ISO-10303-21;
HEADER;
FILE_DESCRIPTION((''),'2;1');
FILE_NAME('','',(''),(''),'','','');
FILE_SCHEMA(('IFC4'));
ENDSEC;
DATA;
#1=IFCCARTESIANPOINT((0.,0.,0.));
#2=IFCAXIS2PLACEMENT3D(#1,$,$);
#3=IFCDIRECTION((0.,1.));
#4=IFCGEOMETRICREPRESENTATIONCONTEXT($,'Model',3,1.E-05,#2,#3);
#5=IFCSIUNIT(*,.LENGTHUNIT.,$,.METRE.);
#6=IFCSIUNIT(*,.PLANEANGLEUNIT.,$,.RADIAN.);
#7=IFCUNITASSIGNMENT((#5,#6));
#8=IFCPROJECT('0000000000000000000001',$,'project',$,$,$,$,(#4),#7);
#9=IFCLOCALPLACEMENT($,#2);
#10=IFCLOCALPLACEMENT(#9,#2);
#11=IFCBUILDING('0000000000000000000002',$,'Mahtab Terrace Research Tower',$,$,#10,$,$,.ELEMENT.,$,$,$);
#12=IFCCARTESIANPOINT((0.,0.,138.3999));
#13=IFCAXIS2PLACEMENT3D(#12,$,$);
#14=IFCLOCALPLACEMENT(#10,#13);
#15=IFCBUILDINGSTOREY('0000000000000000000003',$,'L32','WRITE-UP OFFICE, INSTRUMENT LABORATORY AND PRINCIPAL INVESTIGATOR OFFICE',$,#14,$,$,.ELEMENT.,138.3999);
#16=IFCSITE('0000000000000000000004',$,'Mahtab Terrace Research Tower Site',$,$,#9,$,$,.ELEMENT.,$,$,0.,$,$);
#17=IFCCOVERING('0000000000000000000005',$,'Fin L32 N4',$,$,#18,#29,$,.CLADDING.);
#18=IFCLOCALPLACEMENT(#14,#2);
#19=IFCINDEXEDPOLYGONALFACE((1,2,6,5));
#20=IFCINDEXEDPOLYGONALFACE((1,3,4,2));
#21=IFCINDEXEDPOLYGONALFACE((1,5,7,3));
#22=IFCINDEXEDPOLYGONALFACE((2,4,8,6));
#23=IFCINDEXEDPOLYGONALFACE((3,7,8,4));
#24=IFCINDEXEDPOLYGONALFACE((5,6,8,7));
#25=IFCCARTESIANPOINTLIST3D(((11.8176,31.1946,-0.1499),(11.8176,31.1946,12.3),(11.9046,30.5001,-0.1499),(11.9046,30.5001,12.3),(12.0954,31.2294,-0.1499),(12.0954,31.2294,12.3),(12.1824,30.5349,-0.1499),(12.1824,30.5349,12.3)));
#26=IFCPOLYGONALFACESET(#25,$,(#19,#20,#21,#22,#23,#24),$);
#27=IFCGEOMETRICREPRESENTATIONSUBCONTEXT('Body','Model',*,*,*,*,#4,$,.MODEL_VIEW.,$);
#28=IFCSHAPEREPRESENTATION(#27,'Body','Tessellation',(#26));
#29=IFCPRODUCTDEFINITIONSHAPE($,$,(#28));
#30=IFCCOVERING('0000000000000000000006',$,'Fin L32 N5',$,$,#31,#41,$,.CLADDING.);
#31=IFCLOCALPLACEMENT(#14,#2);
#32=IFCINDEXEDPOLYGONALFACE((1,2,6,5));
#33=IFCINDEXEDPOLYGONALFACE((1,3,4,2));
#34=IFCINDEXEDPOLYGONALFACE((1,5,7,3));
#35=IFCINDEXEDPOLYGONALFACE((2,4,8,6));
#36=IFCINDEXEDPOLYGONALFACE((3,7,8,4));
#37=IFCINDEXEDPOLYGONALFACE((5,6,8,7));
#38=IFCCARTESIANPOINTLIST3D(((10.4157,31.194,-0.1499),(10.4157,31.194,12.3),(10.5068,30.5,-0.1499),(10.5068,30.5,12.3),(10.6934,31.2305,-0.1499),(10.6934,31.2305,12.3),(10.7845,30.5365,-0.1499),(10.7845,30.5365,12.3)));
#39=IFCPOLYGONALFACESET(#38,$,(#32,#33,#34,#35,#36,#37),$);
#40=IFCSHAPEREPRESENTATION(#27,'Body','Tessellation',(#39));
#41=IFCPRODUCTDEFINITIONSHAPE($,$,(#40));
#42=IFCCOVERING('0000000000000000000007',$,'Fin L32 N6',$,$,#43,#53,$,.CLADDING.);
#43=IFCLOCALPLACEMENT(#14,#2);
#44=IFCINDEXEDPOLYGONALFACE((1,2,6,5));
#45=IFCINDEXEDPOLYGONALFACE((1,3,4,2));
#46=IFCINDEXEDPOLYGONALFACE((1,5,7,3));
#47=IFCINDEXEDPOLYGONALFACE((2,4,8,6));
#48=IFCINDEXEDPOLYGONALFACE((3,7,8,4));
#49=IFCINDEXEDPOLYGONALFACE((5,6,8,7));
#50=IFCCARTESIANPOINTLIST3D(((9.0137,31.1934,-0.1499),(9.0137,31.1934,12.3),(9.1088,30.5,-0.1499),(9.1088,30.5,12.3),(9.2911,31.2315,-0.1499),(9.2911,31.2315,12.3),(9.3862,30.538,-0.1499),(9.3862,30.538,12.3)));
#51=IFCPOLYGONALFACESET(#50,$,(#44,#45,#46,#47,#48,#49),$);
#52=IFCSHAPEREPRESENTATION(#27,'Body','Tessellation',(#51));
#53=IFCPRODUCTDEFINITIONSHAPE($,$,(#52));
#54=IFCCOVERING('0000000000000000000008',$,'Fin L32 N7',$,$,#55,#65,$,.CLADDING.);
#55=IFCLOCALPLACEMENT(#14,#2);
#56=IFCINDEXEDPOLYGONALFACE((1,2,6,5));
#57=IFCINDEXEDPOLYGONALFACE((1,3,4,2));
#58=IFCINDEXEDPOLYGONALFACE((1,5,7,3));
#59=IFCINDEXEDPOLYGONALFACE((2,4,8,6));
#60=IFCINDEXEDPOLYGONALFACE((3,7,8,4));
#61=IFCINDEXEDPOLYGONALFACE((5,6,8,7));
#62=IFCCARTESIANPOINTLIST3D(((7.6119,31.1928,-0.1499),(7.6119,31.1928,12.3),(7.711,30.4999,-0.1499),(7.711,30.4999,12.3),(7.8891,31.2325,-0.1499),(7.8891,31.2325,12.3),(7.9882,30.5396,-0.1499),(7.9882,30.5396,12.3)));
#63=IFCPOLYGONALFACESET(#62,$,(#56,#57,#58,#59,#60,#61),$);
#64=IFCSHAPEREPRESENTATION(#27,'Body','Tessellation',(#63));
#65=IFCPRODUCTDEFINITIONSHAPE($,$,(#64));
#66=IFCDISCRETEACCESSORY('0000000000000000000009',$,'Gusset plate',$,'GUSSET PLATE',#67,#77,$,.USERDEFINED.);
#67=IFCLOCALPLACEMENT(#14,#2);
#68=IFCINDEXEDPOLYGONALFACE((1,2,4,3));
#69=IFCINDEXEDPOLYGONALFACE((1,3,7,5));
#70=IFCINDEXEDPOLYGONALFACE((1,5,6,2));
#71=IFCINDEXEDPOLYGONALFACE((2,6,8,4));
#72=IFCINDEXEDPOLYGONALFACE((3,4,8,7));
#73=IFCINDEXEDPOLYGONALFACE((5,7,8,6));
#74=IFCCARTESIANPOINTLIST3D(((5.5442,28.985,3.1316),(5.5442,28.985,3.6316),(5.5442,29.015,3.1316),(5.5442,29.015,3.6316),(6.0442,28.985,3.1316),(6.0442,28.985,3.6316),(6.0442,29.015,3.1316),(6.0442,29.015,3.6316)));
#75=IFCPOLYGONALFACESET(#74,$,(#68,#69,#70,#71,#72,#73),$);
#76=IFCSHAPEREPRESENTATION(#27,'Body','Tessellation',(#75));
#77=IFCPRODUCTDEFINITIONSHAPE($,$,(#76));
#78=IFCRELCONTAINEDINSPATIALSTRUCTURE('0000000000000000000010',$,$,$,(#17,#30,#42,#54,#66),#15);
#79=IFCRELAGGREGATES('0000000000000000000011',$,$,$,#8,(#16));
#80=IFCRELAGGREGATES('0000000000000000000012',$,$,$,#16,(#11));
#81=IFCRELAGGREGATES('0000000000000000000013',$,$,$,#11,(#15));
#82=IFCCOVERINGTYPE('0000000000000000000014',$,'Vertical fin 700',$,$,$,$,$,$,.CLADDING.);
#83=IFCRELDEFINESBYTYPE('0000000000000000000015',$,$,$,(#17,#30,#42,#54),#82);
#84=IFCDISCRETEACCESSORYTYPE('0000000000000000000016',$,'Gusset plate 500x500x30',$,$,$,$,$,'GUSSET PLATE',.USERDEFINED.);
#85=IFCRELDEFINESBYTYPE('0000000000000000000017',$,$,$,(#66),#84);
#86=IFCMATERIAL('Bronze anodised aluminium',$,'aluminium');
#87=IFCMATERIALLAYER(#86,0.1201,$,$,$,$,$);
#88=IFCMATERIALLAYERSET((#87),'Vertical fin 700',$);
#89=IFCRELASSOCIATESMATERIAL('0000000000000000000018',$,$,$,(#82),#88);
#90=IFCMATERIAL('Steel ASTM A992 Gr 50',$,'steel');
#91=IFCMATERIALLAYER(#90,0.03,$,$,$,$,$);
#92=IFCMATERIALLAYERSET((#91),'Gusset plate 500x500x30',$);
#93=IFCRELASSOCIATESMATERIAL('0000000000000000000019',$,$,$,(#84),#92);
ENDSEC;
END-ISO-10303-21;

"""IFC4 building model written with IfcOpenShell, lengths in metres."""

from ifc_helpers import new_model, si_unit, direction, frame, origin, origin_2d, place, context, subcontext, project, spatial, rectangle, extrude, material, layer, layer_set, type_object, element, save


model = new_model("IFC4")

# Units and contexts
model_context = context("Model", 3, precision=1e-05, world=origin(), true_north=direction((0.0, 1.0)))
body_context = subcontext(model_context, "Body", "Model", "MODEL_VIEW")
ifc_project = project(units=[si_unit("LENGTHUNIT", "METRE"), si_unit("PLANEANGLEUNIT", "RADIAN")], contexts=[model_context])

# Site, building, storey
site_placement = place(None, origin())
site = spatial("IfcSite", under=ifc_project, at=site_placement, Name="Mahtab Terrace Research Tower Site", CompositionType="ELEMENT", RefElevation=0.0)
building_placement = place(site_placement, origin())
building = spatial("IfcBuilding", under=site, at=building_placement, Name="Mahtab Terrace Research Tower", CompositionType="ELEMENT")
storey_placement = place(building_placement, frame((0.0, 0.0, 138.3999)))
storey = spatial("IfcBuildingStorey", under=building, at=storey_placement, Name="L32", Description="WRITE-UP OFFICE, INSTRUMENT LABORATORY AND PRINCIPAL INVESTIGATOR OFFICE", CompositionType="ELEMENT", Elevation=138.3999)

# Shared definitions
ifc_material_1 = material(Name="Steel ASTM A992 Gr 50", Category="steel")

# Coverings
ifc_material_2 = material(Name="Bronze anodised aluminium", Category="aluminium")
ifc_layer_1 = layer(ifc_material_2, 0.1201)
ifc_layer_set_1 = layer_set([ifc_layer_1], Name="Vertical fin 700")
covering_type = type_object("IfcCoveringType", Name="Vertical fin 700", PredefinedType="CLADDING", material=ifc_layer_set_1)
for number, where, z_axis, x_axis, name in (
    (1, (12.0, 30.8647, -0.1499), (0.0, 0.0, 1.0), (-0.992239, -0.124344, 0.0), "Fin L32 N4"),
    (2, (10.6001, 30.8652, -0.1499), (0.0, 0.0, 1.0), (-0.991499, -0.130114, 0.0), "Fin L32 N5"),
    (3, (9.2, 30.8657, -0.1499), (0.0, 0.0, 1.0), (-0.990725, -0.13588, 0.0), "Fin L32 N6"),
    (4, (7.8, 30.8662, -0.1499), (0.0, 0.0, 1.0), (-0.989918, -0.141642, 0.0), "Fin L32 N7"),
):
    element("IfcCovering", number, at=place(storey_placement, frame(where, z_axis=z_axis, x_axis=x_axis)), inside=storey, type_object=covering_type, Name=name, PredefinedType="CLADDING", context=body_context, shape_type="SweptSolid", body=[
        extrude(rectangle(XDim=0.28, YDim=0.7, at=origin_2d()), origin(), (0.0, 0.0, 1.0), 12.45),
    ])

# Discrete accessory
ifc_layer_2 = layer(ifc_material_1, 0.03)
ifc_layer_set_2 = layer_set([ifc_layer_2], Name="Gusset plate 500x500x30")
discrete_accessory_type = type_object("IfcDiscreteAccessoryType", Name="Gusset plate 500x500x30", ElementType="GUSSET PLATE", PredefinedType="USERDEFINED", material=ifc_layer_set_2)
discrete_accessory_placement = place(storey_placement, frame((5.7942, 29.0, 3.1316), z_axis=(0.0, 0.0, 1.0), x_axis=(1.0, 0.0, 0.0)))
element("IfcDiscreteAccessory", 5, at=discrete_accessory_placement, inside=storey, type_object=discrete_accessory_type, Name="Gusset plate", ObjectType="GUSSET PLATE", PredefinedType="USERDEFINED", context=body_context, shape_type="SweptSolid", body=[
    extrude(rectangle(XDim=0.5, YDim=0.03, at=origin_2d()), origin(), (0.0, 0.0, 1.0), 0.5),
])

save(model, "model.ifc")
